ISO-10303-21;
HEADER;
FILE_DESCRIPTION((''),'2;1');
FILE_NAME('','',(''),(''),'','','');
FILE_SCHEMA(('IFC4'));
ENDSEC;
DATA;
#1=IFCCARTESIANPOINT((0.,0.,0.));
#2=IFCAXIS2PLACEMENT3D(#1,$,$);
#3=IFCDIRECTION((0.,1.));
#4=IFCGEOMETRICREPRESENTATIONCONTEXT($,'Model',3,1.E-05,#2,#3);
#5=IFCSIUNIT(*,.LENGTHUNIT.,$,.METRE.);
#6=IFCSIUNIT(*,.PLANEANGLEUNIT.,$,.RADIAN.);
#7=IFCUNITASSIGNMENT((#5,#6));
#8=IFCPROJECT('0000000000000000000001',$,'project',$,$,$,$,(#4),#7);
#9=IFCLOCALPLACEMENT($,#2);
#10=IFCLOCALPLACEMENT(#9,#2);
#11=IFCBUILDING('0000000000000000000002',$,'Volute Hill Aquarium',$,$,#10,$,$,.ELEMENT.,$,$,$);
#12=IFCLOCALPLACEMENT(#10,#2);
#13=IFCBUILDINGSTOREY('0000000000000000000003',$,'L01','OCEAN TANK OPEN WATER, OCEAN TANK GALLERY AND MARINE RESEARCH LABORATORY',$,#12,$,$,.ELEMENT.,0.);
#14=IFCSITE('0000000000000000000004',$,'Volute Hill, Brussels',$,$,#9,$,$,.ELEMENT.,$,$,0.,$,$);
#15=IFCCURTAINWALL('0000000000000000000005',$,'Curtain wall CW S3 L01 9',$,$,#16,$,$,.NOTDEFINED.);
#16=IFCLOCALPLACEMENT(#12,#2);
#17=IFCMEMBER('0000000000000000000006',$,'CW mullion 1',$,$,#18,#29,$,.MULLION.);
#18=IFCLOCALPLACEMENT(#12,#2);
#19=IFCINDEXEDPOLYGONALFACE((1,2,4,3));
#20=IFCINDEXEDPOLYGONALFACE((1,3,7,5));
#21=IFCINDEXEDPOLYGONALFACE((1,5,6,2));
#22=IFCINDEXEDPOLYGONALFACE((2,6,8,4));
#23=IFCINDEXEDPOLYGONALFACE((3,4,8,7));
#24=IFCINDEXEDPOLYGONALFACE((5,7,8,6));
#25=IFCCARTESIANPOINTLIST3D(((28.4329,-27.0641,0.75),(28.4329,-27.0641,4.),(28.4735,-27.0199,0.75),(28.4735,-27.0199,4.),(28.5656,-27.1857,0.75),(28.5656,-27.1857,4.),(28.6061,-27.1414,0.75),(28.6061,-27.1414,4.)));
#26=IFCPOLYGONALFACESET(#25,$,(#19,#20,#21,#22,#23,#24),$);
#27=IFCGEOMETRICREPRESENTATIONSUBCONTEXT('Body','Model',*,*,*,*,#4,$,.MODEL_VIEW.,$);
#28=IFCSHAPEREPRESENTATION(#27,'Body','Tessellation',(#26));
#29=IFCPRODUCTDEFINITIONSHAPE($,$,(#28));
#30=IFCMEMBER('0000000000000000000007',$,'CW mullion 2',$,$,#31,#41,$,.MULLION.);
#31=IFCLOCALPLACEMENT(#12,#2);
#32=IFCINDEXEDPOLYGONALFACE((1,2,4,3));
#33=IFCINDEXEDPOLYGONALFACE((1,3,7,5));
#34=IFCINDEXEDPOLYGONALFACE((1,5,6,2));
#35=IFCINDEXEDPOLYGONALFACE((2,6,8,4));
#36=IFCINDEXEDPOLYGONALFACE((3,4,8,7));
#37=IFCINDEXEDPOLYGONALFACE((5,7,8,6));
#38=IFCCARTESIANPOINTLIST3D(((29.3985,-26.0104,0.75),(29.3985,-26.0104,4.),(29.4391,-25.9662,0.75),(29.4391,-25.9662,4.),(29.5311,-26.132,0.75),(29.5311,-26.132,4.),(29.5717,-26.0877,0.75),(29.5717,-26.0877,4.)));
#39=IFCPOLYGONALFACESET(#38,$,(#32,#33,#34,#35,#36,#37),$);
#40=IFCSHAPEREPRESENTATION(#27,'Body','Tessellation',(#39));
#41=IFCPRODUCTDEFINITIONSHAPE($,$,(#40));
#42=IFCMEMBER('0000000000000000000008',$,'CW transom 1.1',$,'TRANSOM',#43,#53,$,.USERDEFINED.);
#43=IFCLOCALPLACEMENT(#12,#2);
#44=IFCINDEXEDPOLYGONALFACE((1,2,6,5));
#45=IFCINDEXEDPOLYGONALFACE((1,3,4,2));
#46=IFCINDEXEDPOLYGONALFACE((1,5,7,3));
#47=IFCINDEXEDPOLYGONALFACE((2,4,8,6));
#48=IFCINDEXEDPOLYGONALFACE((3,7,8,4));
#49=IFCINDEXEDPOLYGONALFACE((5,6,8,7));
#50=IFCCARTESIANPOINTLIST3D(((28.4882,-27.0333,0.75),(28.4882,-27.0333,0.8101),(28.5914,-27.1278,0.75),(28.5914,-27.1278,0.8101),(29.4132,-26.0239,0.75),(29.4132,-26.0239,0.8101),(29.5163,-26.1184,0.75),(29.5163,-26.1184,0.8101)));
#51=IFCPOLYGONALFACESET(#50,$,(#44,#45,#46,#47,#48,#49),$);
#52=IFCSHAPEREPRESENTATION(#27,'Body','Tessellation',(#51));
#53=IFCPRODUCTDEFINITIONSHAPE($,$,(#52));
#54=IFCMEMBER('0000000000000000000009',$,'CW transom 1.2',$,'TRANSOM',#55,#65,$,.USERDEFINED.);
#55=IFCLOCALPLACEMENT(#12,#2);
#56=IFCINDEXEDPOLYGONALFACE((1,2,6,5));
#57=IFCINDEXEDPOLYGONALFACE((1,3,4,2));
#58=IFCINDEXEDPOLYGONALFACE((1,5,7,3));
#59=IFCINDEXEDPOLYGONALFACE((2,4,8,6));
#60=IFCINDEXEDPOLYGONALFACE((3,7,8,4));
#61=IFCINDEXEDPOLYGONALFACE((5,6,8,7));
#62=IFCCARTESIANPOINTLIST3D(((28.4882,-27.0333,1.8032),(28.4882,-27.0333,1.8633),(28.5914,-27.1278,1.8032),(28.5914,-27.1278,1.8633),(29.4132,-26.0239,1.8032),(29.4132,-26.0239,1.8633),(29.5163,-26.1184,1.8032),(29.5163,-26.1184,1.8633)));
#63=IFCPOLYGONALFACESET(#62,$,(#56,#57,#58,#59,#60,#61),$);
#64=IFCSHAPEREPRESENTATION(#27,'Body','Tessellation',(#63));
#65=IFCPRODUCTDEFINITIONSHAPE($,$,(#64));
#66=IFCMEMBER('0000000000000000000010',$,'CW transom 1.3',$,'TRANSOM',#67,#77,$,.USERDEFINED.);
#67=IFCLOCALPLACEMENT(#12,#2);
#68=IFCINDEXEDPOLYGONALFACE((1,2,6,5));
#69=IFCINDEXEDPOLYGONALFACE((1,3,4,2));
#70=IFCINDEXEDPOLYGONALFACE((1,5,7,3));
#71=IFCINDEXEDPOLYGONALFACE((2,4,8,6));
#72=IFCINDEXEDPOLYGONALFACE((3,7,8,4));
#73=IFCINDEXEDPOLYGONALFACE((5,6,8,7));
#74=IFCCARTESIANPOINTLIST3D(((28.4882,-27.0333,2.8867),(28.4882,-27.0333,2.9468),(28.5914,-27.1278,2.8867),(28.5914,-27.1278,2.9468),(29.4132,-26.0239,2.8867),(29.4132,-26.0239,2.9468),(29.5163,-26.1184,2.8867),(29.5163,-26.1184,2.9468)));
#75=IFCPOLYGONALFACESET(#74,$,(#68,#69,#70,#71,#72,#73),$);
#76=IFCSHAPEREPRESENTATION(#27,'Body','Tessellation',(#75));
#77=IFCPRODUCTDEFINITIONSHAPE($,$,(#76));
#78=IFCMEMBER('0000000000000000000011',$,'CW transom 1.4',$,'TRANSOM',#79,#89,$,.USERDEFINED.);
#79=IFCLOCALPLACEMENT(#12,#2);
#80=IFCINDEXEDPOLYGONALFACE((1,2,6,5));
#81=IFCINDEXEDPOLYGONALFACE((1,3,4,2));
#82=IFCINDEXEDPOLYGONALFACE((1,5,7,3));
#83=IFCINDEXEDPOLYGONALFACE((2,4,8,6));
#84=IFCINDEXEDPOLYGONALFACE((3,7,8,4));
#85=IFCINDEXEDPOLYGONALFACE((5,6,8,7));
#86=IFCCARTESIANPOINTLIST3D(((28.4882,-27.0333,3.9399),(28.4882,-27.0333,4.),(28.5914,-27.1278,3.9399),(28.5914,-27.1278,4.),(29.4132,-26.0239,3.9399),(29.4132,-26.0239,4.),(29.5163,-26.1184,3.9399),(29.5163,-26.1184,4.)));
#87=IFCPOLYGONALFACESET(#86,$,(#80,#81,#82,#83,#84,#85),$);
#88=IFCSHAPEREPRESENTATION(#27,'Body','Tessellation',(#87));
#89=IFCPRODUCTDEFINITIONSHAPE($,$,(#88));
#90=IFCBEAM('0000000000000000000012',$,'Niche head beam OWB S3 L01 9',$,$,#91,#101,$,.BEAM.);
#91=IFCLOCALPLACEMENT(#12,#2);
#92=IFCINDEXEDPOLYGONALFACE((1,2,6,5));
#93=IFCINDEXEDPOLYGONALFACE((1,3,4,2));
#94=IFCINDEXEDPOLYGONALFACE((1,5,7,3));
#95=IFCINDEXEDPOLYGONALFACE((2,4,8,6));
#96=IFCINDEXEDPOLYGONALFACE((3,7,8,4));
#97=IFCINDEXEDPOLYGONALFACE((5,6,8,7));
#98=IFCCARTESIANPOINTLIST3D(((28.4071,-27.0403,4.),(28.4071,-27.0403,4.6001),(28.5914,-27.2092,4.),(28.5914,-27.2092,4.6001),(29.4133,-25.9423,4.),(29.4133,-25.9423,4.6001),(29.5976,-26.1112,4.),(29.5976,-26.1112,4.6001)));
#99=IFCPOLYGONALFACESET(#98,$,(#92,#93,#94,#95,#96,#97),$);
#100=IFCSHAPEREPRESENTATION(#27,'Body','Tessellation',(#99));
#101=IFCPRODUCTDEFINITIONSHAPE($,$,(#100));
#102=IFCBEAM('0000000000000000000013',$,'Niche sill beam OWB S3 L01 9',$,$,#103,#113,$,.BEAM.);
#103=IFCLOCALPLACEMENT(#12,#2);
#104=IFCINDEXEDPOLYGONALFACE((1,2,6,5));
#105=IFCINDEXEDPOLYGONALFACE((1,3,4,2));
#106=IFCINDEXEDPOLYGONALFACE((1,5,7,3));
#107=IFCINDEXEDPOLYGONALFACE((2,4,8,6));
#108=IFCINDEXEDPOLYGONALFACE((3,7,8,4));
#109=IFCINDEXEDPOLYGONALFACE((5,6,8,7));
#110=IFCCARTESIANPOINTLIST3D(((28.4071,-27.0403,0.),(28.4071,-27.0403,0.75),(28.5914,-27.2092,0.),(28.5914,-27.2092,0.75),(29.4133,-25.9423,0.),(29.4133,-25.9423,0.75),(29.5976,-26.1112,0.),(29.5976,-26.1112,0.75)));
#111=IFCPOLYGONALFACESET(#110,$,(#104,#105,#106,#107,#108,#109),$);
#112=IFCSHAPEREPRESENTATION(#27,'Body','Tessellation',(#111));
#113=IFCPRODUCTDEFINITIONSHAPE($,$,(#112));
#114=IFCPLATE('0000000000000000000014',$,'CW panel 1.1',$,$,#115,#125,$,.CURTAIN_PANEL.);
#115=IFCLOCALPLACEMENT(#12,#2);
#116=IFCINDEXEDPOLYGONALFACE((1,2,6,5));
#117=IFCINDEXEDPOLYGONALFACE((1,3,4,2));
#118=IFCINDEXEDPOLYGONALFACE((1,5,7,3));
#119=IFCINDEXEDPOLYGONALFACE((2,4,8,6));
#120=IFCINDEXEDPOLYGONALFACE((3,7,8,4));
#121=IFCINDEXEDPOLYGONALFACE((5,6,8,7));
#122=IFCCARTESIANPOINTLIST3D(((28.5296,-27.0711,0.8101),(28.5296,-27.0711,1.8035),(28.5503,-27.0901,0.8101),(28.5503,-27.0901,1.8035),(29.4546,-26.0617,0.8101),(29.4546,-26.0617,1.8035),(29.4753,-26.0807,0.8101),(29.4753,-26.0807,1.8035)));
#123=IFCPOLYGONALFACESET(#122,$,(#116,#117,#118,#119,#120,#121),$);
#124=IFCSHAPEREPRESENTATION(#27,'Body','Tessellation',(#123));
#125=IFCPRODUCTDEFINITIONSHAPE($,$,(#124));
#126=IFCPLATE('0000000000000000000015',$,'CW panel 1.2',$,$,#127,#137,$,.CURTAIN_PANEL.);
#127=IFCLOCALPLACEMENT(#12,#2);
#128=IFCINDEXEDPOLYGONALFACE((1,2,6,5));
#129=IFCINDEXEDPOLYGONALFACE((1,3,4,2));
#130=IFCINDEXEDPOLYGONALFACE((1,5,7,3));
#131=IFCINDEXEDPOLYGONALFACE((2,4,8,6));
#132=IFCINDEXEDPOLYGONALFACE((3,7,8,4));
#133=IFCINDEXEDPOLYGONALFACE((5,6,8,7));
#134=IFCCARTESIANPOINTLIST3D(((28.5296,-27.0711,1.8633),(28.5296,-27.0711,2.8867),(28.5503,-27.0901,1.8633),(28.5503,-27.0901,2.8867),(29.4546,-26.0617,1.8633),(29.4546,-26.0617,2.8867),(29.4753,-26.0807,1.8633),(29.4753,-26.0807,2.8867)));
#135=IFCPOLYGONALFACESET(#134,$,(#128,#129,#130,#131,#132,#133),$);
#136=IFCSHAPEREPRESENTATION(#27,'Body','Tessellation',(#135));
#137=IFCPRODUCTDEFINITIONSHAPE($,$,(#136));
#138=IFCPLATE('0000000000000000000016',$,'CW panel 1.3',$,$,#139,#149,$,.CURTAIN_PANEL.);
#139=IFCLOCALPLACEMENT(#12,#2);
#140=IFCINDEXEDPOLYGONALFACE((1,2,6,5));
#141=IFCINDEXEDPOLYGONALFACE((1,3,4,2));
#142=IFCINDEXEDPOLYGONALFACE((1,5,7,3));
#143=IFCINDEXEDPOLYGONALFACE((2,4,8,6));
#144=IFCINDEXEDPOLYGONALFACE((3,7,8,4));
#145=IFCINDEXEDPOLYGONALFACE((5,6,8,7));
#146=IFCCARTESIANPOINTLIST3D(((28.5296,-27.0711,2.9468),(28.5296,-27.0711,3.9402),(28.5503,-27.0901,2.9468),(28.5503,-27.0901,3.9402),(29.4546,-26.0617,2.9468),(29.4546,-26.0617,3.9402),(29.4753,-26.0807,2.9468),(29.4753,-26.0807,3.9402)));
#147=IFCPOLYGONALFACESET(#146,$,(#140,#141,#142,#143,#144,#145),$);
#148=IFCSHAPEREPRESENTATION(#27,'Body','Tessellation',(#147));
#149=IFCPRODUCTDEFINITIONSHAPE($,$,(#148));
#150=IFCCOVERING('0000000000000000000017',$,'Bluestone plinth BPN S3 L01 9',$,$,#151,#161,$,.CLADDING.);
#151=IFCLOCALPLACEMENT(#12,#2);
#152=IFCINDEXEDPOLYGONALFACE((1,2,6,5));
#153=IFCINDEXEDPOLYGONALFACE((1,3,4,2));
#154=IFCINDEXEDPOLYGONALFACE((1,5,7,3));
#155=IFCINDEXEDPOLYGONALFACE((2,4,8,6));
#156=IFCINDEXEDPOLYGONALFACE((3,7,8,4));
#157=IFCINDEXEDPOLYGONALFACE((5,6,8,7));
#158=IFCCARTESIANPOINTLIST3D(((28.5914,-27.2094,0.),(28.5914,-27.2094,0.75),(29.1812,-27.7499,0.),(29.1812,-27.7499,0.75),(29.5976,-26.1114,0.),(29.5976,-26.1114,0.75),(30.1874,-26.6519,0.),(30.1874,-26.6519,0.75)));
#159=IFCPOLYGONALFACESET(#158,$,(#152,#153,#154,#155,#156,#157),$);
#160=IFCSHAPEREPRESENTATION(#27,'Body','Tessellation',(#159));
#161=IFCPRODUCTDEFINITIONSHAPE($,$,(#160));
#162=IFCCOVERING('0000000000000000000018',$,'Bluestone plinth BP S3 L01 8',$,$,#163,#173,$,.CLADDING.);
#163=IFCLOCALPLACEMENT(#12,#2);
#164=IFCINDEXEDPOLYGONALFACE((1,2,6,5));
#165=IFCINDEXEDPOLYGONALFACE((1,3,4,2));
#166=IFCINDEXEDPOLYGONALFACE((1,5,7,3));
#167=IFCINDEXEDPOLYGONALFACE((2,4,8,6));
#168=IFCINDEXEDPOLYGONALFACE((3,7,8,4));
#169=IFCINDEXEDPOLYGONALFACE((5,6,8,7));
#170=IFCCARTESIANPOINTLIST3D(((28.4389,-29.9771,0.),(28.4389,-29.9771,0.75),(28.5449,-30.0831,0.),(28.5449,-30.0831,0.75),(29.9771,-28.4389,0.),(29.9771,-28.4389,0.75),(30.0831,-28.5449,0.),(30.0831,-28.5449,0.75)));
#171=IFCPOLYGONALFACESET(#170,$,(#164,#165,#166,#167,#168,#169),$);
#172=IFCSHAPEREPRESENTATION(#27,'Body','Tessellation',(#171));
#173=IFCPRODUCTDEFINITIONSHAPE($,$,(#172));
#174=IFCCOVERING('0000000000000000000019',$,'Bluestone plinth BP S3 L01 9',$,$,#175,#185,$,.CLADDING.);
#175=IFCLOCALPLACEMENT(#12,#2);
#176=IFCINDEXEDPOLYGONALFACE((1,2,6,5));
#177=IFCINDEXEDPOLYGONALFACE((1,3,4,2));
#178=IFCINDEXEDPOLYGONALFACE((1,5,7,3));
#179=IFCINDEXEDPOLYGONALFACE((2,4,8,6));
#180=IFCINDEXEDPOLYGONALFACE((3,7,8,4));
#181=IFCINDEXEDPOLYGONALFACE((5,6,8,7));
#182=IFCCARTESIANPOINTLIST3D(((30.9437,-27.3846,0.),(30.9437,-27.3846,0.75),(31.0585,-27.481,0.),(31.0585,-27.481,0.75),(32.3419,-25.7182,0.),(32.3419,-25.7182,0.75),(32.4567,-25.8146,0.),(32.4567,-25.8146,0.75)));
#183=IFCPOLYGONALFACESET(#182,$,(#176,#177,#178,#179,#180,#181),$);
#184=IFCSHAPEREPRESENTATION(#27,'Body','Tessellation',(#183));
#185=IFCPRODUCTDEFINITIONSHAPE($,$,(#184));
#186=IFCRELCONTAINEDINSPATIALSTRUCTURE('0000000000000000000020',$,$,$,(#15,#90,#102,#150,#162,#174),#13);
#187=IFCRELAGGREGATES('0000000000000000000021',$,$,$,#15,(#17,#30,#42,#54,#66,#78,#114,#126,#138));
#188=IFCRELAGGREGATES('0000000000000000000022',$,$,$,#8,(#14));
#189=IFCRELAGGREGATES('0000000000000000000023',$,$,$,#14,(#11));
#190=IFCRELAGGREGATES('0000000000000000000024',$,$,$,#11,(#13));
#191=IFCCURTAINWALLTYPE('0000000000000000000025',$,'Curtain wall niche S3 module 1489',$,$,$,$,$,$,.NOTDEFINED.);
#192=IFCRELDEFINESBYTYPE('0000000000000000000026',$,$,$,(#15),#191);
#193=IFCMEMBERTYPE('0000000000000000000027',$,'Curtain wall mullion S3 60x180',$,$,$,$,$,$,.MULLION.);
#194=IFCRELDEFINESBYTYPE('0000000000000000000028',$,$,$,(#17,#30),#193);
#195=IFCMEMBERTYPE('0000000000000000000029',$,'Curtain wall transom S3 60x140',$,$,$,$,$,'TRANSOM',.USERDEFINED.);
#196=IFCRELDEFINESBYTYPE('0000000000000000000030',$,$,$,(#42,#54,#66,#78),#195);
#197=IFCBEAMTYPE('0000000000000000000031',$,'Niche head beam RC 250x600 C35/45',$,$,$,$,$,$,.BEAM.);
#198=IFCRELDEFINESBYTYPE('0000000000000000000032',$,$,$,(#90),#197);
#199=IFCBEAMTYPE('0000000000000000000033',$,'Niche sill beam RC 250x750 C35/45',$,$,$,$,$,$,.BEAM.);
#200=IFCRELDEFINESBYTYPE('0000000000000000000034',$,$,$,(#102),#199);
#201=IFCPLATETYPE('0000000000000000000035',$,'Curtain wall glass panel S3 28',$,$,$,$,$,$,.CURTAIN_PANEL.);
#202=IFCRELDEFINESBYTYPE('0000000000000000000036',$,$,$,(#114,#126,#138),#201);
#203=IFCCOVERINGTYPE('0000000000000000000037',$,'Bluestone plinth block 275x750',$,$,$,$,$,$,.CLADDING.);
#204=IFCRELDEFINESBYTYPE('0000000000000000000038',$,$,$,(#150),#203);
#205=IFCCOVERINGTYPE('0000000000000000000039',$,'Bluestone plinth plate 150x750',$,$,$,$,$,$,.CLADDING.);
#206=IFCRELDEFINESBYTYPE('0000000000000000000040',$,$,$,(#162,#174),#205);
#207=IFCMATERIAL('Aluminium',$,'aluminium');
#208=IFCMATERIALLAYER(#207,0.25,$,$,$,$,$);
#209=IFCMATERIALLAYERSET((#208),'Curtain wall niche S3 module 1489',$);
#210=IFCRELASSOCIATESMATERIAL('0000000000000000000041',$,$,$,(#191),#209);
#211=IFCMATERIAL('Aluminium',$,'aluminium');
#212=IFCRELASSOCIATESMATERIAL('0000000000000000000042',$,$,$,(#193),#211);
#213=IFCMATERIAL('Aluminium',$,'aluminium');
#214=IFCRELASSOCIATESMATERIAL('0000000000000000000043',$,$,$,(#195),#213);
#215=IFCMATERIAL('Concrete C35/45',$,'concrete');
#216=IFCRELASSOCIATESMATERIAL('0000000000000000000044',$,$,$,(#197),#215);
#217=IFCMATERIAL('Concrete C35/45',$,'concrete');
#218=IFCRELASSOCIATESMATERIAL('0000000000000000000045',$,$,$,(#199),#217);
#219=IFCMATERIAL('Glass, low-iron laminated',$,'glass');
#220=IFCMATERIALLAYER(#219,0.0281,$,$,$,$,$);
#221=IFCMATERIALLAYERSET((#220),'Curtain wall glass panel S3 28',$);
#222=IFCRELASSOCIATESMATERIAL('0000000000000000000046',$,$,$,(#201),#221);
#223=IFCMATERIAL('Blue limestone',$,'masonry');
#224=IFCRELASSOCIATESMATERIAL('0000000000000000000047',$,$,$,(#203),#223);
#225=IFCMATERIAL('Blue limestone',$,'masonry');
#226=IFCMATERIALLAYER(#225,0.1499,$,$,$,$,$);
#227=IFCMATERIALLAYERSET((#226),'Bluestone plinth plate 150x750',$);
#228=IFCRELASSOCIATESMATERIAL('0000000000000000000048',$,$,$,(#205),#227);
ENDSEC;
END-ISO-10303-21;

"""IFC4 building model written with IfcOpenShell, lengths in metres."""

from ifc_helpers import new_model, si_unit, direction, frame, origin, origin_2d, place, context, subcontext, project, spatial, rectangle, extrude, material, layer, layer_set, material_profile, profile_set, type_object, element, aggregate, save


model = new_model("IFC4")

# Units and contexts
model_context = context("Model", 3, precision=1e-05, world=origin(), true_north=direction((0.0, 1.0)))
body_context = subcontext(model_context, "Body", "Model", "MODEL_VIEW")
ifc_project = project(units=[si_unit("LENGTHUNIT", "METRE"), si_unit("PLANEANGLEUNIT", "RADIAN")], contexts=[model_context])

# Site, building, storey
site_placement = place(None, origin())
site = spatial("IfcSite", under=ifc_project, at=site_placement, Name="Volute Hill, Brussels", CompositionType="ELEMENT", RefElevation=0.0)
building_placement = place(site_placement, origin())
building = spatial("IfcBuilding", under=site, at=building_placement, Name="Volute Hill Aquarium", CompositionType="ELEMENT")
storey_placement = place(building_placement, origin())
storey = spatial("IfcBuildingStorey", under=building, at=storey_placement, Name="L01", Description="OCEAN TANK OPEN WATER, OCEAN TANK GALLERY AND MARINE RESEARCH LABORATORY", CompositionType="ELEMENT", Elevation=0.0)

# Curtain wall, members
ifc_material_1 = material(Name="Aluminium", Category="aluminium")
ifc_layer_1 = layer(ifc_material_1, 0.25)
ifc_layer_set_1 = layer_set([ifc_layer_1], Name="Curtain wall niche S3 module 1489")
curtain_wall_type = type_object("IfcCurtainWallType", Name="Curtain wall niche S3 module 1489", PredefinedType="NOTDEFINED", material=ifc_layer_set_1)
curtain_wall_placement = place(storey_placement, origin())
curtain_wall = element("IfcCurtainWall", 1, at=curtain_wall_placement, inside=storey, type_object=curtain_wall_type, Name="Curtain wall CW S3 L01 9", PredefinedType="NOTDEFINED")
ifc_material_2 = material(Name="Aluminium", Category="aluminium")
ifc_material_profile_1 = material_profile(ifc_material_2, rectangle(XDim=0.1799, YDim=0.0601, at=origin_2d()), Name="Curtain wall mullion S3 60x180")
ifc_profile_set_1 = profile_set([ifc_material_profile_1], Name="Aluminium")
member_type_1 = type_object("IfcMemberType", Name="Curtain wall mullion S3 60x180", PredefinedType="MULLION", material=ifc_profile_set_1)
member_1_placement = place(storey_placement, frame((28.5195, -27.1028, 0.75), z_axis=(0.0, 0.0, 1.0), x_axis=(-0.73726, 0.675609, 0.0)))
member_1 = element("IfcMember", 2, at=member_1_placement, type_object=member_type_1, Name="CW mullion 1", PredefinedType="MULLION", context=body_context, shape_type="SweptSolid", body=[
    extrude(rectangle(XDim=0.1799, YDim=0.0601, at=origin_2d()), origin(), (0.0, 0.0, 1.0), 3.25),
])
member_2_placement = place(storey_placement, frame((29.4851, -26.0491, 0.75), z_axis=(0.0, 0.0, 1.0), x_axis=(-0.73726, 0.675609, 0.0)))
member_2 = element("IfcMember", 3, at=member_2_placement, type_object=member_type_1, Name="CW mullion 2", PredefinedType="MULLION", context=body_context, shape_type="SweptSolid", body=[
    extrude(rectangle(XDim=0.1799, YDim=0.0601, at=origin_2d()), origin(), (0.0, 0.0, 1.0), 3.25),
])
ifc_material_3 = material(Name="Aluminium", Category="aluminium")
ifc_material_profile_2 = material_profile(ifc_material_3, rectangle(XDim=0.1399, YDim=0.0601, at=origin_2d()), Name="Curtain wall transom S3 60x140")
ifc_profile_set_2 = profile_set([ifc_material_profile_2], Name="Aluminium")
member_type_2 = type_object("IfcMemberType", Name="Curtain wall transom S3 60x140", ElementType="TRANSOM", PredefinedType="USERDEFINED", material=ifc_profile_set_2)
member_3_placement = place(storey_placement, frame((28.5398, -27.0806, 0.78), z_axis=(0.675587, 0.73728, 0.0), x_axis=(-0.73728, 0.675587, 0.0)))
member_3 = element("IfcMember", 4, at=member_3_placement, type_object=member_type_2, Name="CW transom 1.1", ObjectType="TRANSOM", PredefinedType="USERDEFINED", context=body_context, shape_type="SweptSolid", body=[
    extrude(rectangle(XDim=0.1399, YDim=0.0601, at=origin_2d()), origin(), (0.0, 0.0, 1.0), 1.3691),
])
member_4_placement = place(storey_placement, frame((28.5398, -27.0806, 1.8333), z_axis=(0.675587, 0.73728, 0.0), x_axis=(-0.73728, 0.675587, 0.0)))
member_4 = element("IfcMember", 5, at=member_4_placement, type_object=member_type_2, Name="CW transom 1.2", ObjectType="TRANSOM", PredefinedType="USERDEFINED", context=body_context, shape_type="SweptSolid", body=[
    extrude(rectangle(XDim=0.1399, YDim=0.0601, at=origin_2d()), origin(), (0.0, 0.0, 1.0), 1.3691),
])
member_5_placement = place(storey_placement, frame((28.5398, -27.0806, 2.9167), z_axis=(0.675587, 0.73728, 0.0), x_axis=(-0.73728, 0.675587, 0.0)))
member_5 = element("IfcMember", 6, at=member_5_placement, type_object=member_type_2, Name="CW transom 1.3", ObjectType="TRANSOM", PredefinedType="USERDEFINED", context=body_context, shape_type="SweptSolid", body=[
    extrude(rectangle(XDim=0.1399, YDim=0.0601, at=origin_2d()), origin(), (0.0, 0.0, 1.0), 1.3691),
])
member_6_placement = place(storey_placement, frame((28.5398, -27.0806, 3.97), z_axis=(0.675587, 0.73728, 0.0), x_axis=(-0.73728, 0.675587, 0.0)))
member_6 = element("IfcMember", 7, at=member_6_placement, type_object=member_type_2, Name="CW transom 1.4", ObjectType="TRANSOM", PredefinedType="USERDEFINED", context=body_context, shape_type="SweptSolid", body=[
    extrude(rectangle(XDim=0.1399, YDim=0.0601, at=origin_2d()), origin(), (0.0, 0.0, 1.0), 1.3691),
])

# Beams
ifc_material_4 = material(Name="Concrete C35/45", Category="concrete")
ifc_material_profile_3 = material_profile(ifc_material_4, rectangle(XDim=0.25, YDim=0.6001, at=origin_2d()), Name="RC beam 250x600")
ifc_profile_set_3 = profile_set([ifc_material_profile_3], Name="Concrete C35/45")
beam_type_1 = type_object("IfcBeamType", Name="Niche head beam RC 250x600 C35/45", PredefinedType="BEAM", material=ifc_profile_set_3)
beam_1_placement = place(storey_placement, frame((28.4993, -27.1248, 4.3), z_axis=(0.675613, 0.737256, 0.0), x_axis=(-0.737256, 0.675613, 0.0)))
element("IfcBeam", 8, at=beam_1_placement, inside=storey, type_object=beam_type_1, Name="Niche head beam OWB S3 L01 9", PredefinedType="BEAM", context=body_context, shape_type="SweptSolid", body=[
    extrude(rectangle(XDim=0.25, YDim=0.6001, at=origin_2d()), origin(), (0.0, 0.0, 1.0), 1.4893),
])
ifc_material_5 = material(Name="Concrete C35/45", Category="concrete")
ifc_material_profile_4 = material_profile(ifc_material_5, rectangle(XDim=0.25, YDim=0.75, at=origin_2d()), Name="RC beam 250x750")
ifc_profile_set_4 = profile_set([ifc_material_profile_4], Name="Concrete C35/45")
beam_type_2 = type_object("IfcBeamType", Name="Niche sill beam RC 250x750 C35/45", PredefinedType="BEAM", material=ifc_profile_set_4)
beam_2_placement = place(storey_placement, frame((28.4993, -27.1248, 0.375), z_axis=(0.675613, 0.737256, 0.0), x_axis=(-0.737256, 0.675613, 0.0)))
element("IfcBeam", 9, at=beam_2_placement, inside=storey, type_object=beam_type_2, Name="Niche sill beam OWB S3 L01 9", PredefinedType="BEAM", context=body_context, shape_type="SweptSolid", body=[
    extrude(rectangle(XDim=0.25, YDim=0.75, at=origin_2d()), origin(), (0.0, 0.0, 1.0), 1.4893),
])

# Plates
ifc_material_6 = material(Name="Glass, low-iron laminated", Category="glass")
ifc_layer_2 = layer(ifc_material_6, 0.0281)
ifc_layer_set_2 = layer_set([ifc_layer_2], Name="Curtain wall glass panel S3 28")
plate_type = type_object("IfcPlateType", Name="Curtain wall glass panel S3 28", PredefinedType="CURTAIN_PANEL", material=ifc_layer_set_2)
plate_1_placement = place(storey_placement, frame((29.0024, -26.5759, 0.8101), z_axis=(0.0, 0.0, 1.0), x_axis=(0.675609, 0.73726, 0.0)))
plate_1 = element("IfcPlate", 10, at=plate_1_placement, type_object=plate_type, Name="CW panel 1.1", PredefinedType="CURTAIN_PANEL", context=body_context, shape_type="SweptSolid", body=[
    extrude(rectangle(XDim=1.3691, YDim=0.0281, at=origin_2d()), origin(), (0.0, 0.0, 1.0), 0.9934),
])
plate_2_placement = place(storey_placement, frame((29.0024, -26.5759, 1.8633), z_axis=(0.0, 0.0, 1.0), x_axis=(0.675609, 0.73726, 0.0)))
plate_2 = element("IfcPlate", 11, at=plate_2_placement, type_object=plate_type, Name="CW panel 1.2", PredefinedType="CURTAIN_PANEL", context=body_context, shape_type="SweptSolid", body=[
    extrude(rectangle(XDim=1.3691, YDim=0.0281, at=origin_2d()), origin(), (0.0, 0.0, 1.0), 1.0234),
])
plate_3_placement = place(storey_placement, frame((29.0024, -26.5759, 2.9468), z_axis=(0.0, 0.0, 1.0), x_axis=(0.675609, 0.73726, 0.0)))
plate_3 = element("IfcPlate", 12, at=plate_3_placement, type_object=plate_type, Name="CW panel 1.3", PredefinedType="CURTAIN_PANEL", context=body_context, shape_type="SweptSolid", body=[
    extrude(rectangle(XDim=1.3691, YDim=0.0281, at=origin_2d()), origin(), (0.0, 0.0, 1.0), 0.9934),
])
aggregate(curtain_wall, [member_1, member_2, member_3, member_4, member_5, member_6, plate_1, plate_2, plate_3])

# Coverings
ifc_material_7 = material(Name="Blue limestone", Category="masonry")
covering_type_1 = type_object("IfcCoveringType", Name="Bluestone plinth block 275x750", PredefinedType="CLADDING", material=ifc_material_7)
covering_1_placement = place(storey_placement, frame((29.3894, -26.9307, 0.0), z_axis=(0.0, 0.0, 1.0), x_axis=(0.675612, 0.737257, 0.0)))
element("IfcCovering", 13, at=covering_1_placement, inside=storey, type_object=covering_type_1, Name="Bluestone plinth BPN S3 L01 9", PredefinedType="CLADDING", context=body_context, shape_type="SweptSolid", body=[
    extrude(rectangle(XDim=1.4893, YDim=0.8, at=origin_2d()), origin(), (0.0, 0.0, 1.0), 0.75),
])
ifc_material_8 = material(Name="Blue limestone", Category="masonry")
ifc_layer_3 = layer(ifc_material_8, 0.1499)
ifc_layer_set_3 = layer_set([ifc_layer_3], Name="Bluestone plinth plate 150x750")
covering_type_2 = type_object("IfcCoveringType", Name="Bluestone plinth plate 150x750", PredefinedType="CLADDING", material=ifc_layer_set_3)
for number, where, z_axis, x_axis, name in (
    (14, (29.261, -29.261, 0.0), (0.0, 0.0, 1.0), (0.707107, 0.707107, 0.0), "Bluestone plinth BP S3 L01 8"),
    (15, (31.7002, -26.5996, 0.0), (0.0, 0.0, 1.0), (0.642788, 0.766044, 0.0), "Bluestone plinth BP S3 L01 9"),
):
    element("IfcCovering", number, at=place(storey_placement, frame(where, z_axis=z_axis, x_axis=x_axis)), inside=storey, type_object=covering_type_2, Name=name, PredefinedType="CLADDING", context=body_context, shape_type="SweptSolid", body=[
        extrude(rectangle(XDim=2.1753, YDim=0.1499, at=origin_2d()), origin(), (0.0, 0.0, 1.0), 0.75),
    ])

save(model, "model.ifc")
